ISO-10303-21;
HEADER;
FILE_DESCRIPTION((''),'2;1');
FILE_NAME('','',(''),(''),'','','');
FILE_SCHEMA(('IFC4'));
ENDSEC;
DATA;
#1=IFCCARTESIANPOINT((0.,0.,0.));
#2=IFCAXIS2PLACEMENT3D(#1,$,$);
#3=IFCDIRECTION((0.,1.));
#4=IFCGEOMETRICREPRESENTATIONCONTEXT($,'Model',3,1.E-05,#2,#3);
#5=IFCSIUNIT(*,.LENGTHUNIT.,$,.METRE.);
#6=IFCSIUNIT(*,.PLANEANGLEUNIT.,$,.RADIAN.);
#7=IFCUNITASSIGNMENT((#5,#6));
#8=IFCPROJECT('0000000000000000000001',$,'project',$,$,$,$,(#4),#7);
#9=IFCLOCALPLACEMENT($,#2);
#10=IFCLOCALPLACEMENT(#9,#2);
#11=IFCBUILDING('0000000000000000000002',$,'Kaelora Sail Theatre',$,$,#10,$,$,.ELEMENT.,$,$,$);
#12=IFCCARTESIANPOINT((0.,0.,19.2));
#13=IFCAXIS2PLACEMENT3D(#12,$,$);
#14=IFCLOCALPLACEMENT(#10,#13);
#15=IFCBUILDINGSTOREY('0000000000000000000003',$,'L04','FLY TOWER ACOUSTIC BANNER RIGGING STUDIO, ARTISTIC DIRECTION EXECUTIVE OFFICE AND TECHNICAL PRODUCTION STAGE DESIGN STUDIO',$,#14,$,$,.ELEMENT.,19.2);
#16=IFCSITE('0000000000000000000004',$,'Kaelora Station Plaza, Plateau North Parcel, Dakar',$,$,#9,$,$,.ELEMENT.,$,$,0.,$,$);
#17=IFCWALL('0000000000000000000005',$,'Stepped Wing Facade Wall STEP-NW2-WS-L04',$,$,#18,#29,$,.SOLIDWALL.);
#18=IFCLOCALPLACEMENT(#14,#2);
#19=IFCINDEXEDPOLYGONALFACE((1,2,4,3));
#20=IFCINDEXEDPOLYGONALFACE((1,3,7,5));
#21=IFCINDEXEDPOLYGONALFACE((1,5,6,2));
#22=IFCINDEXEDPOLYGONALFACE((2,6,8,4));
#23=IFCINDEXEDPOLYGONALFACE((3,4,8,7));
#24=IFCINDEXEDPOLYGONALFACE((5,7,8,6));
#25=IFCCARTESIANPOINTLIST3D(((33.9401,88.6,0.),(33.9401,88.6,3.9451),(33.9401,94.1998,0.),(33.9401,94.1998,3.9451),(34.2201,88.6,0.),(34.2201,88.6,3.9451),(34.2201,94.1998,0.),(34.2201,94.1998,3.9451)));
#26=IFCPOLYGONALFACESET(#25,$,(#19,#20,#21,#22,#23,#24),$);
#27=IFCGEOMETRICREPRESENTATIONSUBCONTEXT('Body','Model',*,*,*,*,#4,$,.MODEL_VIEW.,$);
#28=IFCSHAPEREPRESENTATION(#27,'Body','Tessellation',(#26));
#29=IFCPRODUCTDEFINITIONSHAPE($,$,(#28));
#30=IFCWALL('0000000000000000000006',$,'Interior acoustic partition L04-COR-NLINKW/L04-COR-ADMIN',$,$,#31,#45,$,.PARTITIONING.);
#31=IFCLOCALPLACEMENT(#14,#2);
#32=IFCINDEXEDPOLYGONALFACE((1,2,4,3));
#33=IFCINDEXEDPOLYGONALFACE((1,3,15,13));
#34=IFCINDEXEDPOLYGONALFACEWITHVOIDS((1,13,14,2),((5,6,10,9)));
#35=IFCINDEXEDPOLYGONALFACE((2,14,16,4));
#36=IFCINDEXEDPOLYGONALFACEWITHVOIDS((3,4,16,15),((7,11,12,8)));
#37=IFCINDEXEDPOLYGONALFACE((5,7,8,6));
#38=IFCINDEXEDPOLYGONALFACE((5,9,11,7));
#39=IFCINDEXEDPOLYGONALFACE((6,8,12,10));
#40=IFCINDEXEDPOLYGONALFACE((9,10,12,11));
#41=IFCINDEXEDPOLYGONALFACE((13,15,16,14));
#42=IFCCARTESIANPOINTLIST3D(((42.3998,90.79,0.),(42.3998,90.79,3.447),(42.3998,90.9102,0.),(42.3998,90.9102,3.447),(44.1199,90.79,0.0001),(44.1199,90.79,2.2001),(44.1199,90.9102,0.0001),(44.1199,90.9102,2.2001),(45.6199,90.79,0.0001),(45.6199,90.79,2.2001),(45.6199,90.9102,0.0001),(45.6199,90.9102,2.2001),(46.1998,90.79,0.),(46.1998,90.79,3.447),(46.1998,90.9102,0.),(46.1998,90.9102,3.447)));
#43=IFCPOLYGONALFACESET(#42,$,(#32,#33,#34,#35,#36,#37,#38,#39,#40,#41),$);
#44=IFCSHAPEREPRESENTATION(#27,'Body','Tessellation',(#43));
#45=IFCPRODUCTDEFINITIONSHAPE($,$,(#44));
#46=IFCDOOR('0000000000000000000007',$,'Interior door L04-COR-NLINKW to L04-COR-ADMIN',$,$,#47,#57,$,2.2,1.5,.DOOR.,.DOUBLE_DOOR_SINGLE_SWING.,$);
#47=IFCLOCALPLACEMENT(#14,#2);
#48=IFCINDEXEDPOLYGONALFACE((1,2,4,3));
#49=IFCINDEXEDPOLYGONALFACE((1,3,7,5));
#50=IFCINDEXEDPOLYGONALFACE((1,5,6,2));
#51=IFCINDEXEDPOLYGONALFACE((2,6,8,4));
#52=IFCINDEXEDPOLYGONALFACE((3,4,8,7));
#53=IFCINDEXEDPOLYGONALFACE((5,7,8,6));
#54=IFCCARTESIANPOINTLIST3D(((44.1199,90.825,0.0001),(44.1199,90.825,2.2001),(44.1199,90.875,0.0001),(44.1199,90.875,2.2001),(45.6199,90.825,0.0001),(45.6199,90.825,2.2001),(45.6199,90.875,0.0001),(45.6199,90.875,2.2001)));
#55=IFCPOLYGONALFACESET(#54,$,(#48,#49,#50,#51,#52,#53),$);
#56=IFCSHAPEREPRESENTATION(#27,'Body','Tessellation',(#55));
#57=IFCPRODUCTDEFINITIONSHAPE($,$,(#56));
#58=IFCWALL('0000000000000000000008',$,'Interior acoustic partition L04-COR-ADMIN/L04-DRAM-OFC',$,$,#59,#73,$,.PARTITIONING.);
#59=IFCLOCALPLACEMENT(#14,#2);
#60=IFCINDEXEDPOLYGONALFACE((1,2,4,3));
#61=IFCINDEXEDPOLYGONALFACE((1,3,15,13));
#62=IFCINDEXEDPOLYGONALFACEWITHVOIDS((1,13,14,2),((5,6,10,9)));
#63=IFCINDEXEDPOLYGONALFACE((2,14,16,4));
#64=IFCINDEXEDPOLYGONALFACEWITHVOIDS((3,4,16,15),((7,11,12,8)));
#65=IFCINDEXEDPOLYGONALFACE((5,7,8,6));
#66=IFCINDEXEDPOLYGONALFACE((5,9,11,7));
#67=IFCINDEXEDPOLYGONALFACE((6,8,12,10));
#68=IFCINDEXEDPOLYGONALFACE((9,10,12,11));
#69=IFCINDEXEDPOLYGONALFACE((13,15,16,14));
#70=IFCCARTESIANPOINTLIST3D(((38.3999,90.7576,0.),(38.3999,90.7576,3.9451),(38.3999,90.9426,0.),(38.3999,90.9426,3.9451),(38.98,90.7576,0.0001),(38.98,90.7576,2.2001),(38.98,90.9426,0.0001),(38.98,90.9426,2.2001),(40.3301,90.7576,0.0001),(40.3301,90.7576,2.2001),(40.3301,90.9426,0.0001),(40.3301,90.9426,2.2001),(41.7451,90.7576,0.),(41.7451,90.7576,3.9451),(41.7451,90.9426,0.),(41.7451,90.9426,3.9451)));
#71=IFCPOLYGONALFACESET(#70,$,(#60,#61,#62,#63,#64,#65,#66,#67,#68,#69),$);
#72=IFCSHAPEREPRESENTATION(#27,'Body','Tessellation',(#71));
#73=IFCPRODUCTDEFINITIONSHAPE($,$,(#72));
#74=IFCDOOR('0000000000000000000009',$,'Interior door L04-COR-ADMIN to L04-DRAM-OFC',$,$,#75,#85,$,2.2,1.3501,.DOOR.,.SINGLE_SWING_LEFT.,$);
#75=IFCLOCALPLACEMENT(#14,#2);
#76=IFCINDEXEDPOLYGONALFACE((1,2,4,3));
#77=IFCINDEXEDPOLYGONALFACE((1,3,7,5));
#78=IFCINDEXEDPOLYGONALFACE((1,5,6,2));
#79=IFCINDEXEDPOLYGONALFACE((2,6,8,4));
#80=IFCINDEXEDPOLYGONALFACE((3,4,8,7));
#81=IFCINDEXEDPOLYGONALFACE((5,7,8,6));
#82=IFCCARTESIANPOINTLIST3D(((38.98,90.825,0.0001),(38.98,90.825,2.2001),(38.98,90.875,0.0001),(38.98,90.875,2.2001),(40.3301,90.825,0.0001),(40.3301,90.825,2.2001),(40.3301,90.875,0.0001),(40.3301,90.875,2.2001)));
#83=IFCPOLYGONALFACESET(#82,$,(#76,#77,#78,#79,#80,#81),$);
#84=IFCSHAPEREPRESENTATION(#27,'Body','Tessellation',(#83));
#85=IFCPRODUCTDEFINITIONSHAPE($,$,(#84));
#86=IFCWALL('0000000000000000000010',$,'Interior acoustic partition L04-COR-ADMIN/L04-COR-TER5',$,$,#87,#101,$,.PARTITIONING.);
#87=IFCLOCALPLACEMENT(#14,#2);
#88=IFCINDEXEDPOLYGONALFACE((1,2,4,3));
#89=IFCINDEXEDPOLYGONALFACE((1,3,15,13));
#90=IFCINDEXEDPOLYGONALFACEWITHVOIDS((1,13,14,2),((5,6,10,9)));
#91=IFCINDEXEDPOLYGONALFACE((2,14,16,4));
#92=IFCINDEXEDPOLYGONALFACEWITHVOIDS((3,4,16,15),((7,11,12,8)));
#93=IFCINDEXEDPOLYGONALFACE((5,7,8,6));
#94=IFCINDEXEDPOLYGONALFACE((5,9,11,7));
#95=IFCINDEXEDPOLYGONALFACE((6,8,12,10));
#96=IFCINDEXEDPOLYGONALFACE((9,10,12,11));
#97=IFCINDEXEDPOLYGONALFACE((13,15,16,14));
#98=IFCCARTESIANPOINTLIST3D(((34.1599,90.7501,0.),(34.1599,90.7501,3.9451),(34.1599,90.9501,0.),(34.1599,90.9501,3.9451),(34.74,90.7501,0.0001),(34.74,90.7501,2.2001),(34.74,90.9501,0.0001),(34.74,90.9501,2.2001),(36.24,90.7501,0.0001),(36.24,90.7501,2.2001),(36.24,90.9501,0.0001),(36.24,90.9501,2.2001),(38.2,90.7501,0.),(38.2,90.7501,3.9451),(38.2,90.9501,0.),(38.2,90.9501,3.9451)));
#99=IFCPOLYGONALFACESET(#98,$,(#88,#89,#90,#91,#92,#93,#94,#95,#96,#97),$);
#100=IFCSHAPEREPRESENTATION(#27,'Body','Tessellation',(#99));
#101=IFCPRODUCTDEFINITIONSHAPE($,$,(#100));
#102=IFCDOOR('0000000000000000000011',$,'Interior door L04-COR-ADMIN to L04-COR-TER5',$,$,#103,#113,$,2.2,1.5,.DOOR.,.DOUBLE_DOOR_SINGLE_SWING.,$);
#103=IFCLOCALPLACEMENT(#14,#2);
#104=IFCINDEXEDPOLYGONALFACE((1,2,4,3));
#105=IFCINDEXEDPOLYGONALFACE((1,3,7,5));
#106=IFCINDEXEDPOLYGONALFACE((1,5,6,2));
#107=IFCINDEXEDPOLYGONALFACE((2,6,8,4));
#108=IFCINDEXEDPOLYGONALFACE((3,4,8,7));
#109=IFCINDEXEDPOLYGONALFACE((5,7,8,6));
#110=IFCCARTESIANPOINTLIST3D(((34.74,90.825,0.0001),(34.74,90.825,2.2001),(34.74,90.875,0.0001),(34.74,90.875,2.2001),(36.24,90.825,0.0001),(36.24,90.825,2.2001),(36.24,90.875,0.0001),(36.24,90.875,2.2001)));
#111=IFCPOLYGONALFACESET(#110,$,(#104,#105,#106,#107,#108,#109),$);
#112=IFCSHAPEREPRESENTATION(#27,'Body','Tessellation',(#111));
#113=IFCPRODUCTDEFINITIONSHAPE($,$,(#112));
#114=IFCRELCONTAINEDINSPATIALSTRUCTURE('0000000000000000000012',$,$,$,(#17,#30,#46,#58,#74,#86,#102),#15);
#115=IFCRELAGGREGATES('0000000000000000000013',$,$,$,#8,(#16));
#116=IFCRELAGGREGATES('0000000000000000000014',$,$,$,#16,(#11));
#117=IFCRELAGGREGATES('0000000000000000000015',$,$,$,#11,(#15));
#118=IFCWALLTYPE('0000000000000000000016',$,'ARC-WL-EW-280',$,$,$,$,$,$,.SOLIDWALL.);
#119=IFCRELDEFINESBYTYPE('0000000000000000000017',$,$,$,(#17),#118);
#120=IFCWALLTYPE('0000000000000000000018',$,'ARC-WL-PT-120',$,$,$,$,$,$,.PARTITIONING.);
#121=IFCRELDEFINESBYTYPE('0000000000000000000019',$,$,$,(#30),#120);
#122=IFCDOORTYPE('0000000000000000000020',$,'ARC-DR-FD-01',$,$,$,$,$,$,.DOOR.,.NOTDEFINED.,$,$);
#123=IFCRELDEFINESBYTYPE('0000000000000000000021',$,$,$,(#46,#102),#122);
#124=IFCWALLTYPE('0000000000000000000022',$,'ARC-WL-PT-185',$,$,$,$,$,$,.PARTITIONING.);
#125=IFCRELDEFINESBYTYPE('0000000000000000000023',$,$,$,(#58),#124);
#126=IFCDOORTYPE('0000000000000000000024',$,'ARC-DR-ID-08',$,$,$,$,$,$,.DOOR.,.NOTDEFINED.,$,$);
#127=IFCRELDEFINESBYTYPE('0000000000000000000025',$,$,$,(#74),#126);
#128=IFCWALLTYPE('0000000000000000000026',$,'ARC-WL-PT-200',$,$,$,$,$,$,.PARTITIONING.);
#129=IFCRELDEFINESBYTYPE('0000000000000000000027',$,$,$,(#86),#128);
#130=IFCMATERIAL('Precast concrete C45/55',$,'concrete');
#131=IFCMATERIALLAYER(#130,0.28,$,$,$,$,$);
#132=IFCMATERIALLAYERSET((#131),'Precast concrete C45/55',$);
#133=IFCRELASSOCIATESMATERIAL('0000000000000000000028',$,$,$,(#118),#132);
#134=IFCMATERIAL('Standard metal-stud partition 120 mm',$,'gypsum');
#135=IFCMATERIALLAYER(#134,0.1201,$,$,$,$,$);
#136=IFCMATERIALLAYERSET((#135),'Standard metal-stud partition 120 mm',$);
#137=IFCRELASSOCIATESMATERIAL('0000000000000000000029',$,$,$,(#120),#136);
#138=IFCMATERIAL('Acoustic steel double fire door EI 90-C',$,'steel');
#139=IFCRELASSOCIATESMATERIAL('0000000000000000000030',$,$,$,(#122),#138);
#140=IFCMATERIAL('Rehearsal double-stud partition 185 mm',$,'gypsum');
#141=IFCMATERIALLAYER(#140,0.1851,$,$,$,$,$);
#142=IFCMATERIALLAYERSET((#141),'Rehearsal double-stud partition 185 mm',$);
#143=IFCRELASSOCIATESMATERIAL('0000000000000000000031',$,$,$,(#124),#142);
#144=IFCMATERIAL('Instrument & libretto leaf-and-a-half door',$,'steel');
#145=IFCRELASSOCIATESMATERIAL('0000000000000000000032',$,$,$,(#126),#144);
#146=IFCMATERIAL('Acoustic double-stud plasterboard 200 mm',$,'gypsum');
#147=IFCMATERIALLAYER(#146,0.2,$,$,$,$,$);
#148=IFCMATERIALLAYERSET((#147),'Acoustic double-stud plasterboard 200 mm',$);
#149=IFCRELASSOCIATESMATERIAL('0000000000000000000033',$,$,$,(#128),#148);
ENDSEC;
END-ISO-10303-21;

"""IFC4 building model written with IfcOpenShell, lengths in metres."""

from ifc_helpers import new_model, si_unit, direction, frame, frame_2d, origin, place, context, subcontext, project, spatial, rectangle, extrude, material, layer, layer_set, type_object, element, fill, save


model = new_model("IFC4")

# Units and contexts
model_context = context("Model", 3, precision=1e-05, world=origin(), true_north=direction((0.0, 1.0)))
body_context = subcontext(model_context, "Body", "Model", "MODEL_VIEW")
ifc_project = project(units=[si_unit("LENGTHUNIT", "METRE"), si_unit("PLANEANGLEUNIT", "RADIAN")], contexts=[model_context])

# Site, building, storey
site_placement = place(None, origin())
site = spatial("IfcSite", under=ifc_project, at=site_placement, Name="Kaelora Station Plaza, Plateau North Parcel, Dakar", CompositionType="ELEMENT", RefElevation=0.0)
building_placement = place(site_placement, origin())
building = spatial("IfcBuilding", under=site, at=building_placement, Name="Kaelora Sail Theatre", CompositionType="ELEMENT")
storey_placement = place(building_placement, frame((0.0, 0.0, 19.2)))
storey = spatial("IfcBuildingStorey", under=building, at=storey_placement, Name="L04", Description="FLY TOWER ACOUSTIC BANNER RIGGING STUDIO, ARTISTIC DIRECTION EXECUTIVE OFFICE AND TECHNICAL PRODUCTION STAGE DESIGN STUDIO", CompositionType="ELEMENT", Elevation=19.2)

# Wall
ifc_material_1 = material(Name="Precast concrete C45/55", Category="concrete")
ifc_layer_1 = layer(ifc_material_1, 0.28)
ifc_layer_set_1 = layer_set([ifc_layer_1], Name="Precast concrete C45/55")
wall_type_1 = type_object("IfcWallType", Name="ARC-WL-EW-280", PredefinedType="SOLIDWALL", material=ifc_layer_set_1)
wall_1_placement = place(storey_placement, frame((34.0801, 88.6001, 0.0), z_axis=(0.0, 0.0, 1.0), x_axis=(0.0, 1.0, 0.0)))
element("IfcWall", 1, at=wall_1_placement, inside=storey, type_object=wall_type_1, Name="Stepped Wing Facade Wall STEP-NW2-WS-L04", PredefinedType="SOLIDWALL", context=body_context, shape_type="SweptSolid", body=[
    extrude(rectangle(XDim=5.5999, YDim=0.28, at=frame_2d((2.7998, 0.0))), origin(), (0.0, 0.0, 1.0), 3.9451),
])

# Walls, openings, doors
ifc_material_2 = material(Name="Standard metal-stud partition 120 mm", Category="gypsum")
ifc_layer_2 = layer(ifc_material_2, 0.1201)
ifc_layer_set_2 = layer_set([ifc_layer_2], Name="Standard metal-stud partition 120 mm")
wall_type_2 = type_object("IfcWallType", Name="ARC-WL-PT-120", PredefinedType="PARTITIONING", material=ifc_layer_set_2)
wall_2_placement = place(storey_placement, frame((42.3999, 90.8501, 0.0), z_axis=(0.0, 0.0, 1.0), x_axis=(1.0, 0.0, 0.0)))
wall_2 = element("IfcWall", 2, at=wall_2_placement, inside=storey, type_object=wall_type_2, Name="Interior acoustic partition L04-COR-NLINKW/L04-COR-ADMIN", PredefinedType="PARTITIONING", context=body_context, shape_type="SweptSolid", body=[
    extrude(rectangle(XDim=3.8, YDim=0.1201, at=frame_2d((1.8999, 0.0))), origin(), (0.0, 0.0, 1.0), 3.447),
])
opening_1_placement = place(wall_2_placement, frame((1.72, 0.0, 0.0)))
opening_1 = element("IfcOpeningElement", 3, at=opening_1_placement, cuts=wall_2, PredefinedType="OPENING", context=body_context, shape_type="SweptSolid", body=[
    extrude(rectangle(XDim=1.5, YDim=2.2, at=frame_2d((0.75, 1.1001))), frame((0.0, 0.0701, 0.0), z_axis=(0.0, -1.0, 0.0), x_axis=(1.0, 0.0, 0.0)), (0.0, 0.0, 1.0), 0.1401),
])
ifc_material_3 = material(Name="Acoustic steel double fire door EI 90-C", Category="steel")
door_type_1 = type_object("IfcDoorType", Name="ARC-DR-FD-01", OperationType="NOTDEFINED", PredefinedType="DOOR", material=ifc_material_3)
door_1_placement = place(opening_1_placement, origin())
door_1 = element("IfcDoor", 4, at=door_1_placement, inside=storey, type_object=door_type_1, Name="Interior door L04-COR-NLINKW to L04-COR-ADMIN", OperationType="DOUBLE_DOOR_SINGLE_SWING", OverallHeight=2.2, OverallWidth=1.5, PredefinedType="DOOR", context=body_context, shape_type="SweptSolid", body=[
    extrude(rectangle(XDim=1.5, YDim=2.2, at=frame_2d((0.75, 1.1001))), frame((0.0, 0.0249, 0.0), z_axis=(0.0, -1.0, 0.0), x_axis=(1.0, 0.0, 0.0)), (0.0, 0.0, 1.0), 0.05),
])
fill(opening_1, door_1)
ifc_material_4 = material(Name="Rehearsal double-stud partition 185 mm", Category="gypsum")
ifc_layer_3 = layer(ifc_material_4, 0.1851)
ifc_layer_set_3 = layer_set([ifc_layer_3], Name="Rehearsal double-stud partition 185 mm")
wall_type_3 = type_object("IfcWallType", Name="ARC-WL-PT-185", PredefinedType="PARTITIONING", material=ifc_layer_set_3)
wall_3_placement = place(storey_placement, frame((38.3999, 90.8501, 0.0), z_axis=(0.0, 0.0, 1.0), x_axis=(1.0, 0.0, 0.0)))
wall_3 = element("IfcWall", 5, at=wall_3_placement, inside=storey, type_object=wall_type_3, Name="Interior acoustic partition L04-COR-ADMIN/L04-DRAM-OFC", PredefinedType="PARTITIONING", context=body_context, shape_type="SweptSolid", body=[
    extrude(rectangle(XDim=3.3452, YDim=0.1851, at=frame_2d((1.6726, 0.0))), origin(), (0.0, 0.0, 1.0), 3.9451),
])
opening_2_placement = place(wall_3_placement, frame((0.5801, 0.0, 0.0)))
opening_2 = element("IfcOpeningElement", 6, at=opening_2_placement, cuts=wall_3, PredefinedType="OPENING", context=body_context, shape_type="SweptSolid", body=[
    extrude(rectangle(XDim=1.3501, YDim=2.2, at=frame_2d((0.675, 1.1001))), frame((0.0, 0.1025, 0.0), z_axis=(0.0, -1.0, 0.0), x_axis=(1.0, 0.0, 0.0)), (0.0, 0.0, 1.0), 0.2051),
])
ifc_material_5 = material(Name="Instrument & libretto leaf-and-a-half door", Category="steel")
door_type_2 = type_object("IfcDoorType", Name="ARC-DR-ID-08", OperationType="NOTDEFINED", PredefinedType="DOOR", material=ifc_material_5)
door_2_placement = place(opening_2_placement, origin())
door_2 = element("IfcDoor", 7, at=door_2_placement, inside=storey, type_object=door_type_2, Name="Interior door L04-COR-ADMIN to L04-DRAM-OFC", OperationType="SINGLE_SWING_LEFT", OverallHeight=2.2, OverallWidth=1.3501, PredefinedType="DOOR", context=body_context, shape_type="SweptSolid", body=[
    extrude(rectangle(XDim=1.3501, YDim=2.2, at=frame_2d((0.675, 1.1001))), frame((0.0, 0.0249, 0.0), z_axis=(0.0, -1.0, 0.0), x_axis=(1.0, 0.0, 0.0)), (0.0, 0.0, 1.0), 0.05),
])
fill(opening_2, door_2)
ifc_material_6 = material(Name="Acoustic double-stud plasterboard 200 mm", Category="gypsum")
ifc_layer_4 = layer(ifc_material_6, 0.2)
ifc_layer_set_4 = layer_set([ifc_layer_4], Name="Acoustic double-stud plasterboard 200 mm")
wall_type_4 = type_object("IfcWallType", Name="ARC-WL-PT-200", PredefinedType="PARTITIONING", material=ifc_layer_set_4)
wall_4_placement = place(storey_placement, frame((34.1599, 90.8501, 0.0), z_axis=(0.0, 0.0, 1.0), x_axis=(1.0, 0.0, 0.0)))
wall_4 = element("IfcWall", 8, at=wall_4_placement, inside=storey, type_object=wall_type_4, Name="Interior acoustic partition L04-COR-ADMIN/L04-COR-TER5", PredefinedType="PARTITIONING", context=body_context, shape_type="SweptSolid", body=[
    extrude(rectangle(XDim=4.04, YDim=0.2, at=frame_2d((2.02, 0.0))), origin(), (0.0, 0.0, 1.0), 3.9451),
])
opening_3_placement = place(wall_4_placement, frame((0.5801, 0.0, 0.0)))
opening_3 = element("IfcOpeningElement", 9, at=opening_3_placement, cuts=wall_4, PredefinedType="OPENING", context=body_context, shape_type="SweptSolid", body=[
    extrude(rectangle(XDim=1.5, YDim=2.2, at=frame_2d((0.75, 1.1001))), frame((0.0, 0.1101, 0.0), z_axis=(0.0, -1.0, 0.0), x_axis=(1.0, 0.0, 0.0)), (0.0, 0.0, 1.0), 0.22),
])
door_3_placement = place(opening_3_placement, origin())
door_3 = element("IfcDoor", 10, at=door_3_placement, inside=storey, type_object=door_type_1, Name="Interior door L04-COR-ADMIN to L04-COR-TER5", OperationType="DOUBLE_DOOR_SINGLE_SWING", OverallHeight=2.2, OverallWidth=1.5, PredefinedType="DOOR", context=body_context, shape_type="SweptSolid", body=[
    extrude(rectangle(XDim=1.5, YDim=2.2, at=frame_2d((0.75, 1.1001))), frame((0.0, 0.0249, 0.0), z_axis=(0.0, -1.0, 0.0), x_axis=(1.0, 0.0, 0.0)), (0.0, 0.0, 1.0), 0.05),
])
fill(opening_3, door_3)

save(model, "model.ifc")
